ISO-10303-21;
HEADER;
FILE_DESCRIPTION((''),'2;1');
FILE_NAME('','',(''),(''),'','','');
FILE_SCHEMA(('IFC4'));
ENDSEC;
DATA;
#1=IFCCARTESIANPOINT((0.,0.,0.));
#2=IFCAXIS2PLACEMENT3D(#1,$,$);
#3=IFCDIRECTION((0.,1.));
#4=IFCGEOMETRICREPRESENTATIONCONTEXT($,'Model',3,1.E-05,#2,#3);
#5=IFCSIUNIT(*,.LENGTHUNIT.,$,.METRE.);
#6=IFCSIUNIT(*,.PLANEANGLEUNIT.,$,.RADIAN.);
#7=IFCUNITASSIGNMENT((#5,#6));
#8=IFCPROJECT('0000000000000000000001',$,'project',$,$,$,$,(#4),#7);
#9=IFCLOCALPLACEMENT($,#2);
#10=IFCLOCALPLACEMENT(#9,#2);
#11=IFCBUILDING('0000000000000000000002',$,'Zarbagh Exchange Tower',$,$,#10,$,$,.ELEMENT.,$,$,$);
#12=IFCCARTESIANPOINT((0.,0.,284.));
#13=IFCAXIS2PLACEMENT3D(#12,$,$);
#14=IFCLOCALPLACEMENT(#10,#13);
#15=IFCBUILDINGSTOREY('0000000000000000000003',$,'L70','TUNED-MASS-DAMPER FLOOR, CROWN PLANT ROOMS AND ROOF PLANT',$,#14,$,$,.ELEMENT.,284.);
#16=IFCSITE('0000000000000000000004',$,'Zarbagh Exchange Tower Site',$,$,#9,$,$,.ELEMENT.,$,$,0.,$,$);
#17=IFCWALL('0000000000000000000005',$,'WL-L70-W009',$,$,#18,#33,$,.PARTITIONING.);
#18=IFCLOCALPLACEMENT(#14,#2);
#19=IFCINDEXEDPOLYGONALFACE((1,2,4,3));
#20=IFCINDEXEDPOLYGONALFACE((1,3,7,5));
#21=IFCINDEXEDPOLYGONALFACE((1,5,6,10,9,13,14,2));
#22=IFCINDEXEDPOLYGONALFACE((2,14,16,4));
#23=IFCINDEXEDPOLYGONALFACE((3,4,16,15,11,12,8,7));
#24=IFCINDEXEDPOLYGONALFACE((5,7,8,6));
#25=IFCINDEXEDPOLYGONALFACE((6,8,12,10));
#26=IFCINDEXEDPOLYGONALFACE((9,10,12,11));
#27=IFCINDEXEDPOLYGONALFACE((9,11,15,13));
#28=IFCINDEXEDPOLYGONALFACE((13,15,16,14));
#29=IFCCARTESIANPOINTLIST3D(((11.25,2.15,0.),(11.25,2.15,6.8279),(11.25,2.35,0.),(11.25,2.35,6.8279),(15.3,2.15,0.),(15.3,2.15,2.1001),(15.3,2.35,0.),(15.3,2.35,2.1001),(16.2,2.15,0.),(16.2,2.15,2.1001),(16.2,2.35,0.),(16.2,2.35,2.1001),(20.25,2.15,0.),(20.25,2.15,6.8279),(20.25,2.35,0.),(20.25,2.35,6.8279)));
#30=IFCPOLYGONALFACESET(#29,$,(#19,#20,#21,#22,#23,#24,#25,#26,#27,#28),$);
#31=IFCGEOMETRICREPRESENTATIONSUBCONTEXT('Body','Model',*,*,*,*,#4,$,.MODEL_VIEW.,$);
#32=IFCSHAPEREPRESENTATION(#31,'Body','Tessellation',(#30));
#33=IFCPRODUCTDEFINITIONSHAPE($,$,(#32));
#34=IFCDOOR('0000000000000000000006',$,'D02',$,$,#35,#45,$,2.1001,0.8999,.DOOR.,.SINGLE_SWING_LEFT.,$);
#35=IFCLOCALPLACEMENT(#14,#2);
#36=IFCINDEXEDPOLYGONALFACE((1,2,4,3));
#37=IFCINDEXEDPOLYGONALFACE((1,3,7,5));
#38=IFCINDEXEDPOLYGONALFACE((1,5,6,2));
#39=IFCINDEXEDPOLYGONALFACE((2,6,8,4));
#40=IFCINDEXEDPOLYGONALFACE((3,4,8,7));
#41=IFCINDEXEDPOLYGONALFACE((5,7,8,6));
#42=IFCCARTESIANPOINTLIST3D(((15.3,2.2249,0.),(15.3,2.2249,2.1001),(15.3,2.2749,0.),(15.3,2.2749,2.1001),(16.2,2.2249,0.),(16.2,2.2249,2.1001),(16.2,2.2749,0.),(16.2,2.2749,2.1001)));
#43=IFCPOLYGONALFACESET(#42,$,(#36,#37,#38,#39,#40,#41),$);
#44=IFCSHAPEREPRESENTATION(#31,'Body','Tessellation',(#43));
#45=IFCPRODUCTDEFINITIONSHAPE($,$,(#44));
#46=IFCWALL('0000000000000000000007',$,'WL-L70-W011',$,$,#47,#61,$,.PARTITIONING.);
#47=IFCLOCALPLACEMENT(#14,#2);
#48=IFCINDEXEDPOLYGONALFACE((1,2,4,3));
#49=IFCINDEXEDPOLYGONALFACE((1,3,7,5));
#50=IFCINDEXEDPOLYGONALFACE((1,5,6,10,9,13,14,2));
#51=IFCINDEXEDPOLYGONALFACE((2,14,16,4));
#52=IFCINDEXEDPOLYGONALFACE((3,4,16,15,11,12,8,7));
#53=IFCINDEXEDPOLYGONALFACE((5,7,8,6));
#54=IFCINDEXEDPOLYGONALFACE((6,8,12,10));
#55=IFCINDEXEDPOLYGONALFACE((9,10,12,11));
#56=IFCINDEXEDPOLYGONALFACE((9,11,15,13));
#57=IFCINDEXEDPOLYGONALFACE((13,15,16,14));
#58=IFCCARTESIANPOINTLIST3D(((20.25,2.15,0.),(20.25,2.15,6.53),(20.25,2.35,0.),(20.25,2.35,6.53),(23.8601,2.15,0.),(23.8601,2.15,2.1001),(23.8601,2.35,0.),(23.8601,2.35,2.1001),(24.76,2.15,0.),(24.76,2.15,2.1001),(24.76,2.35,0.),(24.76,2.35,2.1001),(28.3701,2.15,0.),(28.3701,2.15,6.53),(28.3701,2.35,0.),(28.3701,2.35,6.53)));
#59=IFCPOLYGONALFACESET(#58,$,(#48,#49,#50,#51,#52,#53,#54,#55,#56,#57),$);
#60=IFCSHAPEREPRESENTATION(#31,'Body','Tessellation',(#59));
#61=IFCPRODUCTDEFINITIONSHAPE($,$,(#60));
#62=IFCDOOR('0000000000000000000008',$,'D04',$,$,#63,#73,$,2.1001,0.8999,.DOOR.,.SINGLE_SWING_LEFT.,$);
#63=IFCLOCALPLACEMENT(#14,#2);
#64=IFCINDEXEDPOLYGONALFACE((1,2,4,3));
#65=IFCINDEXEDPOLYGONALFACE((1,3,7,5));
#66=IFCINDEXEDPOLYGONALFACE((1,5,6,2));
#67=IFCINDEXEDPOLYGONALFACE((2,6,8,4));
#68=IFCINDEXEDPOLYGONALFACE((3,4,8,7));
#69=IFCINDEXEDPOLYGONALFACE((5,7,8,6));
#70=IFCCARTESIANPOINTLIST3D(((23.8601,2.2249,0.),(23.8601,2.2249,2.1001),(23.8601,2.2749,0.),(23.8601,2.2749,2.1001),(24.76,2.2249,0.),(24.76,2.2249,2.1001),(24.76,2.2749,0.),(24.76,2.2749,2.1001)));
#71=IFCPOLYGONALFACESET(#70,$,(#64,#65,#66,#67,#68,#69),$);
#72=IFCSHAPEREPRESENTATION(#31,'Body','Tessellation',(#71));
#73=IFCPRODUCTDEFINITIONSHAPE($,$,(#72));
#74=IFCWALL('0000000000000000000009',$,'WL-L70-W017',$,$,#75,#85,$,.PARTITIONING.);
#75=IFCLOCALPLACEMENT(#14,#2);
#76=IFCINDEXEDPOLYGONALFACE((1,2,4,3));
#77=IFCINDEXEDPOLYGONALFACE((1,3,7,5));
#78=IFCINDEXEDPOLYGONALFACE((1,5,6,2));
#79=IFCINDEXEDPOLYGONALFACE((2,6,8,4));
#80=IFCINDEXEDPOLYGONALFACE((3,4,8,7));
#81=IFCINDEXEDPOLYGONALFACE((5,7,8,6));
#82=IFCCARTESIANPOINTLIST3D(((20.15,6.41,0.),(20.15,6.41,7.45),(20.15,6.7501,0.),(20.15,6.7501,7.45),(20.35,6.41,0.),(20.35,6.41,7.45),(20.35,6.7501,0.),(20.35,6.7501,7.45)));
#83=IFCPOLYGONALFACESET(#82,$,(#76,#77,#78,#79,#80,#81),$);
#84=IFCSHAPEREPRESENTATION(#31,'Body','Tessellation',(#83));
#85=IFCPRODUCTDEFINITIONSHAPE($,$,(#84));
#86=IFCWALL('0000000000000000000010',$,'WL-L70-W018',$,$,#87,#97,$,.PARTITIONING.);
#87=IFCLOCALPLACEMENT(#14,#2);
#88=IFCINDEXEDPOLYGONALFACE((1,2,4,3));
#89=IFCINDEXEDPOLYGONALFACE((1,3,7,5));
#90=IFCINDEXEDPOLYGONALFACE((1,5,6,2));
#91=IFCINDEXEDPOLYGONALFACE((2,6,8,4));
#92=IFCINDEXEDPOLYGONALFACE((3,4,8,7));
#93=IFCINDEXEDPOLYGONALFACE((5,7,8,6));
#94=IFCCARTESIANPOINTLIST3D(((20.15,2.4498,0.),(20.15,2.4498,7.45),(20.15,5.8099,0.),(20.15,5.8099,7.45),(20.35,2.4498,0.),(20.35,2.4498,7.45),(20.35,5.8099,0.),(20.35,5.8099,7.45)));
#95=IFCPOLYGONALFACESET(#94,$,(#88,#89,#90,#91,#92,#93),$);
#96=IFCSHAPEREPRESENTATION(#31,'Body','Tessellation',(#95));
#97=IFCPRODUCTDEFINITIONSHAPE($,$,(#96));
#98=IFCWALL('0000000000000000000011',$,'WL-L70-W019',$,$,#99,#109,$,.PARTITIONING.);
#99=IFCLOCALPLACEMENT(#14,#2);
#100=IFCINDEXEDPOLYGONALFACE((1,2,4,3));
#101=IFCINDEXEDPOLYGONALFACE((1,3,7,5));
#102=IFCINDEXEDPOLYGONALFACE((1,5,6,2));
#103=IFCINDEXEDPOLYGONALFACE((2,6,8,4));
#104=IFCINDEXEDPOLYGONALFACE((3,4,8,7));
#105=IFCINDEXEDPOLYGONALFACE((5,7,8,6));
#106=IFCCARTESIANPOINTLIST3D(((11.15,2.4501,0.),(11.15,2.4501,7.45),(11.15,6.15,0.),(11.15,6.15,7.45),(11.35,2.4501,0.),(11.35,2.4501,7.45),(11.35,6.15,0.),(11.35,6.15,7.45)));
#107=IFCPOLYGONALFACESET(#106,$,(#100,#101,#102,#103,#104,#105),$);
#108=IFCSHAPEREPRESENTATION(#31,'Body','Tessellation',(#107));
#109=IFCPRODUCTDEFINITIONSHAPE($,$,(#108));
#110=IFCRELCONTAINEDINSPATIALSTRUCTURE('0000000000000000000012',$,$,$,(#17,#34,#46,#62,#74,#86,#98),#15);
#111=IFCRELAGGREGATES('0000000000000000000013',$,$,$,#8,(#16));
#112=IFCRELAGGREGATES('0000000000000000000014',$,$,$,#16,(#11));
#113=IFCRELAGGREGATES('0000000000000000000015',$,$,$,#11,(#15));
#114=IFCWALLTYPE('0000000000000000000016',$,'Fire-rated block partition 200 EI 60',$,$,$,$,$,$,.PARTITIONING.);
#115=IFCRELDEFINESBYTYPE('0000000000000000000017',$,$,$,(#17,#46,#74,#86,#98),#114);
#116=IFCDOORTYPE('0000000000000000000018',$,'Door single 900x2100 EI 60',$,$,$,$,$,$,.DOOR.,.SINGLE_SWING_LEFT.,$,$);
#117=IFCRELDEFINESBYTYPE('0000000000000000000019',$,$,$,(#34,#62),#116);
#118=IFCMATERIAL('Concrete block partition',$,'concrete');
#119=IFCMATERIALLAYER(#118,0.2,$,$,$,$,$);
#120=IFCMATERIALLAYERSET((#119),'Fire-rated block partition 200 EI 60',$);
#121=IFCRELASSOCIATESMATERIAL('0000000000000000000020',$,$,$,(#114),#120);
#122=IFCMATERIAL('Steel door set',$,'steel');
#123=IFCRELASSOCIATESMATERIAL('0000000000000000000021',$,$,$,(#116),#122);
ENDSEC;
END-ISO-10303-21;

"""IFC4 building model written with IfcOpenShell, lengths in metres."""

from ifc_helpers import new_model, si_unit, direction, frame, frame_2d, origin, place, context, subcontext, project, spatial, rectangle, extrude, material, layer, layer_set, type_object, element, fill, save


model = new_model("IFC4")

# Units and contexts
model_context = context("Model", 3, precision=1e-05, world=origin(), true_north=direction((0.0, 1.0)))
body_context = subcontext(model_context, "Body", "Model", "MODEL_VIEW")
ifc_project = project(units=[si_unit("LENGTHUNIT", "METRE"), si_unit("PLANEANGLEUNIT", "RADIAN")], contexts=[model_context])

# Site, building, storey
site_placement = place(None, origin())
site = spatial("IfcSite", under=ifc_project, at=site_placement, Name="Zarbagh Exchange Tower Site", CompositionType="ELEMENT", RefElevation=0.0)
building_placement = place(site_placement, origin())
building = spatial("IfcBuilding", under=site, at=building_placement, Name="Zarbagh Exchange Tower", CompositionType="ELEMENT")
storey_placement = place(building_placement, frame((0.0, 0.0, 284.0)))
storey = spatial("IfcBuildingStorey", under=building, at=storey_placement, Name="L70", Description="TUNED-MASS-DAMPER FLOOR, CROWN PLANT ROOMS AND ROOF PLANT", CompositionType="ELEMENT", Elevation=284.0)

# Walls, openings, doors
ifc_material_1 = material(Name="Concrete block partition", Category="concrete")
ifc_layer = layer(ifc_material_1, 0.2)
ifc_layer_set = layer_set([ifc_layer], Name="Fire-rated block partition 200 EI 60")
wall_type = type_object("IfcWallType", Name="Fire-rated block partition 200 EI 60", PredefinedType="PARTITIONING", material=ifc_layer_set)
wall_1_placement = place(storey_placement, frame((11.25, 2.25, 0.0), z_axis=(0.0, 0.0, 1.0), x_axis=(1.0, 0.0, 0.0)))
wall_1 = element("IfcWall", 1, at=wall_1_placement, inside=storey, type_object=wall_type, Name="WL-L70-W009", PredefinedType="PARTITIONING", context=body_context, shape_type="SweptSolid", body=[
    extrude(rectangle(XDim=9.0, YDim=0.2, at=frame_2d((4.5, 0.0))), origin(), (0.0, 0.0, 1.0), 6.8279),
])
opening_1_placement = place(wall_1_placement, frame((4.05, 0.0, 0.0)))
opening_1 = element("IfcOpeningElement", 2, at=opening_1_placement, cuts=wall_1, PredefinedType="OPENING", context=body_context, shape_type="SweptSolid", body=[
    extrude(rectangle(XDim=0.8999, YDim=2.1001, at=frame_2d((0.45, 1.05))), frame((0.0, 0.1099, 0.0), z_axis=(0.0, -1.0, 0.0), x_axis=(1.0, 0.0, 0.0)), (0.0, 0.0, 1.0), 0.22),
])
ifc_material_2 = material(Name="Steel door set", Category="steel")
door_type = type_object("IfcDoorType", Name="Door single 900x2100 EI 60", OperationType="SINGLE_SWING_LEFT", PredefinedType="DOOR", material=ifc_material_2)
door_1_placement = place(opening_1_placement, origin())
door_1 = element("IfcDoor", 3, at=door_1_placement, inside=storey, type_object=door_type, Name="D02", OperationType="SINGLE_SWING_LEFT", OverallHeight=2.1001, OverallWidth=0.8999, PredefinedType="DOOR", context=body_context, shape_type="SweptSolid", body=[
    extrude(rectangle(XDim=0.8999, YDim=2.1001, at=frame_2d((0.45, 1.05))), frame((0.0, 0.0249, 0.0), z_axis=(0.0, -1.0, 0.0), x_axis=(1.0, 0.0, 0.0)), (0.0, 0.0, 1.0), 0.05),
])
fill(opening_1, door_1)
wall_2_placement = place(storey_placement, frame((20.25, 2.25, 0.0), z_axis=(0.0, 0.0, 1.0), x_axis=(1.0, 0.0, 0.0)))
wall_2 = element("IfcWall", 4, at=wall_2_placement, inside=storey, type_object=wall_type, Name="WL-L70-W011", PredefinedType="PARTITIONING", context=body_context, shape_type="SweptSolid", body=[
    extrude(rectangle(XDim=8.1201, YDim=0.2, at=frame_2d((4.0601, 0.0))), origin(), (0.0, 0.0, 1.0), 6.53),
])
opening_2_placement = place(wall_2_placement, frame((3.6101, 0.0, 0.0)))
opening_2 = element("IfcOpeningElement", 5, at=opening_2_placement, cuts=wall_2, PredefinedType="OPENING", context=body_context, shape_type="SweptSolid", body=[
    extrude(rectangle(XDim=0.8999, YDim=2.1001, at=frame_2d((0.45, 1.05))), frame((0.0, 0.1099, 0.0), z_axis=(0.0, -1.0, 0.0), x_axis=(1.0, 0.0, 0.0)), (0.0, 0.0, 1.0), 0.22),
])
door_2_placement = place(opening_2_placement, origin())
door_2 = element("IfcDoor", 6, at=door_2_placement, inside=storey, type_object=door_type, Name="D04", OperationType="SINGLE_SWING_LEFT", OverallHeight=2.1001, OverallWidth=0.8999, PredefinedType="DOOR", context=body_context, shape_type="SweptSolid", body=[
    extrude(rectangle(XDim=0.8999, YDim=2.1001, at=frame_2d((0.45, 1.05))), frame((0.0, 0.0249, 0.0), z_axis=(0.0, -1.0, 0.0), x_axis=(1.0, 0.0, 0.0)), (0.0, 0.0, 1.0), 0.05),
])
fill(opening_2, door_2)

# Walls
wall_3_placement = place(storey_placement, frame((20.25, 6.75, 0.0), z_axis=(0.0, 0.0, 1.0), x_axis=(0.0, -1.0, 0.0)))
element("IfcWall", 7, at=wall_3_placement, inside=storey, type_object=wall_type, Name="WL-L70-W017", PredefinedType="PARTITIONING", context=body_context, shape_type="SweptSolid", body=[
    extrude(rectangle(XDim=0.3401, YDim=0.2, at=frame_2d((0.1699, 0.0))), origin(), (0.0, 0.0, 1.0), 7.45),
])
wall_4_placement = place(storey_placement, frame((20.25, 5.8101, 0.0), z_axis=(0.0, 0.0, 1.0), x_axis=(0.0, -1.0, 0.0)))
element("IfcWall", 8, at=wall_4_placement, inside=storey, type_object=wall_type, Name="WL-L70-W018", PredefinedType="PARTITIONING", context=body_context, shape_type="SweptSolid", body=[
    extrude(rectangle(XDim=3.3601, YDim=0.2, at=frame_2d((1.6802, 0.0))), origin(), (0.0, 0.0, 1.0), 7.45),
])
wall_5_placement = place(storey_placement, frame((11.25, 2.45, 0.0), z_axis=(0.0, 0.0, 1.0), x_axis=(0.0, 1.0, 0.0)))
element("IfcWall", 9, at=wall_5_placement, inside=storey, type_object=wall_type, Name="WL-L70-W019", PredefinedType="PARTITIONING", context=body_context, shape_type="SweptSolid", body=[
    extrude(rectangle(XDim=3.7, YDim=0.2, at=frame_2d((1.8501, 0.0))), origin(), (0.0, 0.0, 1.0), 7.45),
])

save(model, "model.ifc")
